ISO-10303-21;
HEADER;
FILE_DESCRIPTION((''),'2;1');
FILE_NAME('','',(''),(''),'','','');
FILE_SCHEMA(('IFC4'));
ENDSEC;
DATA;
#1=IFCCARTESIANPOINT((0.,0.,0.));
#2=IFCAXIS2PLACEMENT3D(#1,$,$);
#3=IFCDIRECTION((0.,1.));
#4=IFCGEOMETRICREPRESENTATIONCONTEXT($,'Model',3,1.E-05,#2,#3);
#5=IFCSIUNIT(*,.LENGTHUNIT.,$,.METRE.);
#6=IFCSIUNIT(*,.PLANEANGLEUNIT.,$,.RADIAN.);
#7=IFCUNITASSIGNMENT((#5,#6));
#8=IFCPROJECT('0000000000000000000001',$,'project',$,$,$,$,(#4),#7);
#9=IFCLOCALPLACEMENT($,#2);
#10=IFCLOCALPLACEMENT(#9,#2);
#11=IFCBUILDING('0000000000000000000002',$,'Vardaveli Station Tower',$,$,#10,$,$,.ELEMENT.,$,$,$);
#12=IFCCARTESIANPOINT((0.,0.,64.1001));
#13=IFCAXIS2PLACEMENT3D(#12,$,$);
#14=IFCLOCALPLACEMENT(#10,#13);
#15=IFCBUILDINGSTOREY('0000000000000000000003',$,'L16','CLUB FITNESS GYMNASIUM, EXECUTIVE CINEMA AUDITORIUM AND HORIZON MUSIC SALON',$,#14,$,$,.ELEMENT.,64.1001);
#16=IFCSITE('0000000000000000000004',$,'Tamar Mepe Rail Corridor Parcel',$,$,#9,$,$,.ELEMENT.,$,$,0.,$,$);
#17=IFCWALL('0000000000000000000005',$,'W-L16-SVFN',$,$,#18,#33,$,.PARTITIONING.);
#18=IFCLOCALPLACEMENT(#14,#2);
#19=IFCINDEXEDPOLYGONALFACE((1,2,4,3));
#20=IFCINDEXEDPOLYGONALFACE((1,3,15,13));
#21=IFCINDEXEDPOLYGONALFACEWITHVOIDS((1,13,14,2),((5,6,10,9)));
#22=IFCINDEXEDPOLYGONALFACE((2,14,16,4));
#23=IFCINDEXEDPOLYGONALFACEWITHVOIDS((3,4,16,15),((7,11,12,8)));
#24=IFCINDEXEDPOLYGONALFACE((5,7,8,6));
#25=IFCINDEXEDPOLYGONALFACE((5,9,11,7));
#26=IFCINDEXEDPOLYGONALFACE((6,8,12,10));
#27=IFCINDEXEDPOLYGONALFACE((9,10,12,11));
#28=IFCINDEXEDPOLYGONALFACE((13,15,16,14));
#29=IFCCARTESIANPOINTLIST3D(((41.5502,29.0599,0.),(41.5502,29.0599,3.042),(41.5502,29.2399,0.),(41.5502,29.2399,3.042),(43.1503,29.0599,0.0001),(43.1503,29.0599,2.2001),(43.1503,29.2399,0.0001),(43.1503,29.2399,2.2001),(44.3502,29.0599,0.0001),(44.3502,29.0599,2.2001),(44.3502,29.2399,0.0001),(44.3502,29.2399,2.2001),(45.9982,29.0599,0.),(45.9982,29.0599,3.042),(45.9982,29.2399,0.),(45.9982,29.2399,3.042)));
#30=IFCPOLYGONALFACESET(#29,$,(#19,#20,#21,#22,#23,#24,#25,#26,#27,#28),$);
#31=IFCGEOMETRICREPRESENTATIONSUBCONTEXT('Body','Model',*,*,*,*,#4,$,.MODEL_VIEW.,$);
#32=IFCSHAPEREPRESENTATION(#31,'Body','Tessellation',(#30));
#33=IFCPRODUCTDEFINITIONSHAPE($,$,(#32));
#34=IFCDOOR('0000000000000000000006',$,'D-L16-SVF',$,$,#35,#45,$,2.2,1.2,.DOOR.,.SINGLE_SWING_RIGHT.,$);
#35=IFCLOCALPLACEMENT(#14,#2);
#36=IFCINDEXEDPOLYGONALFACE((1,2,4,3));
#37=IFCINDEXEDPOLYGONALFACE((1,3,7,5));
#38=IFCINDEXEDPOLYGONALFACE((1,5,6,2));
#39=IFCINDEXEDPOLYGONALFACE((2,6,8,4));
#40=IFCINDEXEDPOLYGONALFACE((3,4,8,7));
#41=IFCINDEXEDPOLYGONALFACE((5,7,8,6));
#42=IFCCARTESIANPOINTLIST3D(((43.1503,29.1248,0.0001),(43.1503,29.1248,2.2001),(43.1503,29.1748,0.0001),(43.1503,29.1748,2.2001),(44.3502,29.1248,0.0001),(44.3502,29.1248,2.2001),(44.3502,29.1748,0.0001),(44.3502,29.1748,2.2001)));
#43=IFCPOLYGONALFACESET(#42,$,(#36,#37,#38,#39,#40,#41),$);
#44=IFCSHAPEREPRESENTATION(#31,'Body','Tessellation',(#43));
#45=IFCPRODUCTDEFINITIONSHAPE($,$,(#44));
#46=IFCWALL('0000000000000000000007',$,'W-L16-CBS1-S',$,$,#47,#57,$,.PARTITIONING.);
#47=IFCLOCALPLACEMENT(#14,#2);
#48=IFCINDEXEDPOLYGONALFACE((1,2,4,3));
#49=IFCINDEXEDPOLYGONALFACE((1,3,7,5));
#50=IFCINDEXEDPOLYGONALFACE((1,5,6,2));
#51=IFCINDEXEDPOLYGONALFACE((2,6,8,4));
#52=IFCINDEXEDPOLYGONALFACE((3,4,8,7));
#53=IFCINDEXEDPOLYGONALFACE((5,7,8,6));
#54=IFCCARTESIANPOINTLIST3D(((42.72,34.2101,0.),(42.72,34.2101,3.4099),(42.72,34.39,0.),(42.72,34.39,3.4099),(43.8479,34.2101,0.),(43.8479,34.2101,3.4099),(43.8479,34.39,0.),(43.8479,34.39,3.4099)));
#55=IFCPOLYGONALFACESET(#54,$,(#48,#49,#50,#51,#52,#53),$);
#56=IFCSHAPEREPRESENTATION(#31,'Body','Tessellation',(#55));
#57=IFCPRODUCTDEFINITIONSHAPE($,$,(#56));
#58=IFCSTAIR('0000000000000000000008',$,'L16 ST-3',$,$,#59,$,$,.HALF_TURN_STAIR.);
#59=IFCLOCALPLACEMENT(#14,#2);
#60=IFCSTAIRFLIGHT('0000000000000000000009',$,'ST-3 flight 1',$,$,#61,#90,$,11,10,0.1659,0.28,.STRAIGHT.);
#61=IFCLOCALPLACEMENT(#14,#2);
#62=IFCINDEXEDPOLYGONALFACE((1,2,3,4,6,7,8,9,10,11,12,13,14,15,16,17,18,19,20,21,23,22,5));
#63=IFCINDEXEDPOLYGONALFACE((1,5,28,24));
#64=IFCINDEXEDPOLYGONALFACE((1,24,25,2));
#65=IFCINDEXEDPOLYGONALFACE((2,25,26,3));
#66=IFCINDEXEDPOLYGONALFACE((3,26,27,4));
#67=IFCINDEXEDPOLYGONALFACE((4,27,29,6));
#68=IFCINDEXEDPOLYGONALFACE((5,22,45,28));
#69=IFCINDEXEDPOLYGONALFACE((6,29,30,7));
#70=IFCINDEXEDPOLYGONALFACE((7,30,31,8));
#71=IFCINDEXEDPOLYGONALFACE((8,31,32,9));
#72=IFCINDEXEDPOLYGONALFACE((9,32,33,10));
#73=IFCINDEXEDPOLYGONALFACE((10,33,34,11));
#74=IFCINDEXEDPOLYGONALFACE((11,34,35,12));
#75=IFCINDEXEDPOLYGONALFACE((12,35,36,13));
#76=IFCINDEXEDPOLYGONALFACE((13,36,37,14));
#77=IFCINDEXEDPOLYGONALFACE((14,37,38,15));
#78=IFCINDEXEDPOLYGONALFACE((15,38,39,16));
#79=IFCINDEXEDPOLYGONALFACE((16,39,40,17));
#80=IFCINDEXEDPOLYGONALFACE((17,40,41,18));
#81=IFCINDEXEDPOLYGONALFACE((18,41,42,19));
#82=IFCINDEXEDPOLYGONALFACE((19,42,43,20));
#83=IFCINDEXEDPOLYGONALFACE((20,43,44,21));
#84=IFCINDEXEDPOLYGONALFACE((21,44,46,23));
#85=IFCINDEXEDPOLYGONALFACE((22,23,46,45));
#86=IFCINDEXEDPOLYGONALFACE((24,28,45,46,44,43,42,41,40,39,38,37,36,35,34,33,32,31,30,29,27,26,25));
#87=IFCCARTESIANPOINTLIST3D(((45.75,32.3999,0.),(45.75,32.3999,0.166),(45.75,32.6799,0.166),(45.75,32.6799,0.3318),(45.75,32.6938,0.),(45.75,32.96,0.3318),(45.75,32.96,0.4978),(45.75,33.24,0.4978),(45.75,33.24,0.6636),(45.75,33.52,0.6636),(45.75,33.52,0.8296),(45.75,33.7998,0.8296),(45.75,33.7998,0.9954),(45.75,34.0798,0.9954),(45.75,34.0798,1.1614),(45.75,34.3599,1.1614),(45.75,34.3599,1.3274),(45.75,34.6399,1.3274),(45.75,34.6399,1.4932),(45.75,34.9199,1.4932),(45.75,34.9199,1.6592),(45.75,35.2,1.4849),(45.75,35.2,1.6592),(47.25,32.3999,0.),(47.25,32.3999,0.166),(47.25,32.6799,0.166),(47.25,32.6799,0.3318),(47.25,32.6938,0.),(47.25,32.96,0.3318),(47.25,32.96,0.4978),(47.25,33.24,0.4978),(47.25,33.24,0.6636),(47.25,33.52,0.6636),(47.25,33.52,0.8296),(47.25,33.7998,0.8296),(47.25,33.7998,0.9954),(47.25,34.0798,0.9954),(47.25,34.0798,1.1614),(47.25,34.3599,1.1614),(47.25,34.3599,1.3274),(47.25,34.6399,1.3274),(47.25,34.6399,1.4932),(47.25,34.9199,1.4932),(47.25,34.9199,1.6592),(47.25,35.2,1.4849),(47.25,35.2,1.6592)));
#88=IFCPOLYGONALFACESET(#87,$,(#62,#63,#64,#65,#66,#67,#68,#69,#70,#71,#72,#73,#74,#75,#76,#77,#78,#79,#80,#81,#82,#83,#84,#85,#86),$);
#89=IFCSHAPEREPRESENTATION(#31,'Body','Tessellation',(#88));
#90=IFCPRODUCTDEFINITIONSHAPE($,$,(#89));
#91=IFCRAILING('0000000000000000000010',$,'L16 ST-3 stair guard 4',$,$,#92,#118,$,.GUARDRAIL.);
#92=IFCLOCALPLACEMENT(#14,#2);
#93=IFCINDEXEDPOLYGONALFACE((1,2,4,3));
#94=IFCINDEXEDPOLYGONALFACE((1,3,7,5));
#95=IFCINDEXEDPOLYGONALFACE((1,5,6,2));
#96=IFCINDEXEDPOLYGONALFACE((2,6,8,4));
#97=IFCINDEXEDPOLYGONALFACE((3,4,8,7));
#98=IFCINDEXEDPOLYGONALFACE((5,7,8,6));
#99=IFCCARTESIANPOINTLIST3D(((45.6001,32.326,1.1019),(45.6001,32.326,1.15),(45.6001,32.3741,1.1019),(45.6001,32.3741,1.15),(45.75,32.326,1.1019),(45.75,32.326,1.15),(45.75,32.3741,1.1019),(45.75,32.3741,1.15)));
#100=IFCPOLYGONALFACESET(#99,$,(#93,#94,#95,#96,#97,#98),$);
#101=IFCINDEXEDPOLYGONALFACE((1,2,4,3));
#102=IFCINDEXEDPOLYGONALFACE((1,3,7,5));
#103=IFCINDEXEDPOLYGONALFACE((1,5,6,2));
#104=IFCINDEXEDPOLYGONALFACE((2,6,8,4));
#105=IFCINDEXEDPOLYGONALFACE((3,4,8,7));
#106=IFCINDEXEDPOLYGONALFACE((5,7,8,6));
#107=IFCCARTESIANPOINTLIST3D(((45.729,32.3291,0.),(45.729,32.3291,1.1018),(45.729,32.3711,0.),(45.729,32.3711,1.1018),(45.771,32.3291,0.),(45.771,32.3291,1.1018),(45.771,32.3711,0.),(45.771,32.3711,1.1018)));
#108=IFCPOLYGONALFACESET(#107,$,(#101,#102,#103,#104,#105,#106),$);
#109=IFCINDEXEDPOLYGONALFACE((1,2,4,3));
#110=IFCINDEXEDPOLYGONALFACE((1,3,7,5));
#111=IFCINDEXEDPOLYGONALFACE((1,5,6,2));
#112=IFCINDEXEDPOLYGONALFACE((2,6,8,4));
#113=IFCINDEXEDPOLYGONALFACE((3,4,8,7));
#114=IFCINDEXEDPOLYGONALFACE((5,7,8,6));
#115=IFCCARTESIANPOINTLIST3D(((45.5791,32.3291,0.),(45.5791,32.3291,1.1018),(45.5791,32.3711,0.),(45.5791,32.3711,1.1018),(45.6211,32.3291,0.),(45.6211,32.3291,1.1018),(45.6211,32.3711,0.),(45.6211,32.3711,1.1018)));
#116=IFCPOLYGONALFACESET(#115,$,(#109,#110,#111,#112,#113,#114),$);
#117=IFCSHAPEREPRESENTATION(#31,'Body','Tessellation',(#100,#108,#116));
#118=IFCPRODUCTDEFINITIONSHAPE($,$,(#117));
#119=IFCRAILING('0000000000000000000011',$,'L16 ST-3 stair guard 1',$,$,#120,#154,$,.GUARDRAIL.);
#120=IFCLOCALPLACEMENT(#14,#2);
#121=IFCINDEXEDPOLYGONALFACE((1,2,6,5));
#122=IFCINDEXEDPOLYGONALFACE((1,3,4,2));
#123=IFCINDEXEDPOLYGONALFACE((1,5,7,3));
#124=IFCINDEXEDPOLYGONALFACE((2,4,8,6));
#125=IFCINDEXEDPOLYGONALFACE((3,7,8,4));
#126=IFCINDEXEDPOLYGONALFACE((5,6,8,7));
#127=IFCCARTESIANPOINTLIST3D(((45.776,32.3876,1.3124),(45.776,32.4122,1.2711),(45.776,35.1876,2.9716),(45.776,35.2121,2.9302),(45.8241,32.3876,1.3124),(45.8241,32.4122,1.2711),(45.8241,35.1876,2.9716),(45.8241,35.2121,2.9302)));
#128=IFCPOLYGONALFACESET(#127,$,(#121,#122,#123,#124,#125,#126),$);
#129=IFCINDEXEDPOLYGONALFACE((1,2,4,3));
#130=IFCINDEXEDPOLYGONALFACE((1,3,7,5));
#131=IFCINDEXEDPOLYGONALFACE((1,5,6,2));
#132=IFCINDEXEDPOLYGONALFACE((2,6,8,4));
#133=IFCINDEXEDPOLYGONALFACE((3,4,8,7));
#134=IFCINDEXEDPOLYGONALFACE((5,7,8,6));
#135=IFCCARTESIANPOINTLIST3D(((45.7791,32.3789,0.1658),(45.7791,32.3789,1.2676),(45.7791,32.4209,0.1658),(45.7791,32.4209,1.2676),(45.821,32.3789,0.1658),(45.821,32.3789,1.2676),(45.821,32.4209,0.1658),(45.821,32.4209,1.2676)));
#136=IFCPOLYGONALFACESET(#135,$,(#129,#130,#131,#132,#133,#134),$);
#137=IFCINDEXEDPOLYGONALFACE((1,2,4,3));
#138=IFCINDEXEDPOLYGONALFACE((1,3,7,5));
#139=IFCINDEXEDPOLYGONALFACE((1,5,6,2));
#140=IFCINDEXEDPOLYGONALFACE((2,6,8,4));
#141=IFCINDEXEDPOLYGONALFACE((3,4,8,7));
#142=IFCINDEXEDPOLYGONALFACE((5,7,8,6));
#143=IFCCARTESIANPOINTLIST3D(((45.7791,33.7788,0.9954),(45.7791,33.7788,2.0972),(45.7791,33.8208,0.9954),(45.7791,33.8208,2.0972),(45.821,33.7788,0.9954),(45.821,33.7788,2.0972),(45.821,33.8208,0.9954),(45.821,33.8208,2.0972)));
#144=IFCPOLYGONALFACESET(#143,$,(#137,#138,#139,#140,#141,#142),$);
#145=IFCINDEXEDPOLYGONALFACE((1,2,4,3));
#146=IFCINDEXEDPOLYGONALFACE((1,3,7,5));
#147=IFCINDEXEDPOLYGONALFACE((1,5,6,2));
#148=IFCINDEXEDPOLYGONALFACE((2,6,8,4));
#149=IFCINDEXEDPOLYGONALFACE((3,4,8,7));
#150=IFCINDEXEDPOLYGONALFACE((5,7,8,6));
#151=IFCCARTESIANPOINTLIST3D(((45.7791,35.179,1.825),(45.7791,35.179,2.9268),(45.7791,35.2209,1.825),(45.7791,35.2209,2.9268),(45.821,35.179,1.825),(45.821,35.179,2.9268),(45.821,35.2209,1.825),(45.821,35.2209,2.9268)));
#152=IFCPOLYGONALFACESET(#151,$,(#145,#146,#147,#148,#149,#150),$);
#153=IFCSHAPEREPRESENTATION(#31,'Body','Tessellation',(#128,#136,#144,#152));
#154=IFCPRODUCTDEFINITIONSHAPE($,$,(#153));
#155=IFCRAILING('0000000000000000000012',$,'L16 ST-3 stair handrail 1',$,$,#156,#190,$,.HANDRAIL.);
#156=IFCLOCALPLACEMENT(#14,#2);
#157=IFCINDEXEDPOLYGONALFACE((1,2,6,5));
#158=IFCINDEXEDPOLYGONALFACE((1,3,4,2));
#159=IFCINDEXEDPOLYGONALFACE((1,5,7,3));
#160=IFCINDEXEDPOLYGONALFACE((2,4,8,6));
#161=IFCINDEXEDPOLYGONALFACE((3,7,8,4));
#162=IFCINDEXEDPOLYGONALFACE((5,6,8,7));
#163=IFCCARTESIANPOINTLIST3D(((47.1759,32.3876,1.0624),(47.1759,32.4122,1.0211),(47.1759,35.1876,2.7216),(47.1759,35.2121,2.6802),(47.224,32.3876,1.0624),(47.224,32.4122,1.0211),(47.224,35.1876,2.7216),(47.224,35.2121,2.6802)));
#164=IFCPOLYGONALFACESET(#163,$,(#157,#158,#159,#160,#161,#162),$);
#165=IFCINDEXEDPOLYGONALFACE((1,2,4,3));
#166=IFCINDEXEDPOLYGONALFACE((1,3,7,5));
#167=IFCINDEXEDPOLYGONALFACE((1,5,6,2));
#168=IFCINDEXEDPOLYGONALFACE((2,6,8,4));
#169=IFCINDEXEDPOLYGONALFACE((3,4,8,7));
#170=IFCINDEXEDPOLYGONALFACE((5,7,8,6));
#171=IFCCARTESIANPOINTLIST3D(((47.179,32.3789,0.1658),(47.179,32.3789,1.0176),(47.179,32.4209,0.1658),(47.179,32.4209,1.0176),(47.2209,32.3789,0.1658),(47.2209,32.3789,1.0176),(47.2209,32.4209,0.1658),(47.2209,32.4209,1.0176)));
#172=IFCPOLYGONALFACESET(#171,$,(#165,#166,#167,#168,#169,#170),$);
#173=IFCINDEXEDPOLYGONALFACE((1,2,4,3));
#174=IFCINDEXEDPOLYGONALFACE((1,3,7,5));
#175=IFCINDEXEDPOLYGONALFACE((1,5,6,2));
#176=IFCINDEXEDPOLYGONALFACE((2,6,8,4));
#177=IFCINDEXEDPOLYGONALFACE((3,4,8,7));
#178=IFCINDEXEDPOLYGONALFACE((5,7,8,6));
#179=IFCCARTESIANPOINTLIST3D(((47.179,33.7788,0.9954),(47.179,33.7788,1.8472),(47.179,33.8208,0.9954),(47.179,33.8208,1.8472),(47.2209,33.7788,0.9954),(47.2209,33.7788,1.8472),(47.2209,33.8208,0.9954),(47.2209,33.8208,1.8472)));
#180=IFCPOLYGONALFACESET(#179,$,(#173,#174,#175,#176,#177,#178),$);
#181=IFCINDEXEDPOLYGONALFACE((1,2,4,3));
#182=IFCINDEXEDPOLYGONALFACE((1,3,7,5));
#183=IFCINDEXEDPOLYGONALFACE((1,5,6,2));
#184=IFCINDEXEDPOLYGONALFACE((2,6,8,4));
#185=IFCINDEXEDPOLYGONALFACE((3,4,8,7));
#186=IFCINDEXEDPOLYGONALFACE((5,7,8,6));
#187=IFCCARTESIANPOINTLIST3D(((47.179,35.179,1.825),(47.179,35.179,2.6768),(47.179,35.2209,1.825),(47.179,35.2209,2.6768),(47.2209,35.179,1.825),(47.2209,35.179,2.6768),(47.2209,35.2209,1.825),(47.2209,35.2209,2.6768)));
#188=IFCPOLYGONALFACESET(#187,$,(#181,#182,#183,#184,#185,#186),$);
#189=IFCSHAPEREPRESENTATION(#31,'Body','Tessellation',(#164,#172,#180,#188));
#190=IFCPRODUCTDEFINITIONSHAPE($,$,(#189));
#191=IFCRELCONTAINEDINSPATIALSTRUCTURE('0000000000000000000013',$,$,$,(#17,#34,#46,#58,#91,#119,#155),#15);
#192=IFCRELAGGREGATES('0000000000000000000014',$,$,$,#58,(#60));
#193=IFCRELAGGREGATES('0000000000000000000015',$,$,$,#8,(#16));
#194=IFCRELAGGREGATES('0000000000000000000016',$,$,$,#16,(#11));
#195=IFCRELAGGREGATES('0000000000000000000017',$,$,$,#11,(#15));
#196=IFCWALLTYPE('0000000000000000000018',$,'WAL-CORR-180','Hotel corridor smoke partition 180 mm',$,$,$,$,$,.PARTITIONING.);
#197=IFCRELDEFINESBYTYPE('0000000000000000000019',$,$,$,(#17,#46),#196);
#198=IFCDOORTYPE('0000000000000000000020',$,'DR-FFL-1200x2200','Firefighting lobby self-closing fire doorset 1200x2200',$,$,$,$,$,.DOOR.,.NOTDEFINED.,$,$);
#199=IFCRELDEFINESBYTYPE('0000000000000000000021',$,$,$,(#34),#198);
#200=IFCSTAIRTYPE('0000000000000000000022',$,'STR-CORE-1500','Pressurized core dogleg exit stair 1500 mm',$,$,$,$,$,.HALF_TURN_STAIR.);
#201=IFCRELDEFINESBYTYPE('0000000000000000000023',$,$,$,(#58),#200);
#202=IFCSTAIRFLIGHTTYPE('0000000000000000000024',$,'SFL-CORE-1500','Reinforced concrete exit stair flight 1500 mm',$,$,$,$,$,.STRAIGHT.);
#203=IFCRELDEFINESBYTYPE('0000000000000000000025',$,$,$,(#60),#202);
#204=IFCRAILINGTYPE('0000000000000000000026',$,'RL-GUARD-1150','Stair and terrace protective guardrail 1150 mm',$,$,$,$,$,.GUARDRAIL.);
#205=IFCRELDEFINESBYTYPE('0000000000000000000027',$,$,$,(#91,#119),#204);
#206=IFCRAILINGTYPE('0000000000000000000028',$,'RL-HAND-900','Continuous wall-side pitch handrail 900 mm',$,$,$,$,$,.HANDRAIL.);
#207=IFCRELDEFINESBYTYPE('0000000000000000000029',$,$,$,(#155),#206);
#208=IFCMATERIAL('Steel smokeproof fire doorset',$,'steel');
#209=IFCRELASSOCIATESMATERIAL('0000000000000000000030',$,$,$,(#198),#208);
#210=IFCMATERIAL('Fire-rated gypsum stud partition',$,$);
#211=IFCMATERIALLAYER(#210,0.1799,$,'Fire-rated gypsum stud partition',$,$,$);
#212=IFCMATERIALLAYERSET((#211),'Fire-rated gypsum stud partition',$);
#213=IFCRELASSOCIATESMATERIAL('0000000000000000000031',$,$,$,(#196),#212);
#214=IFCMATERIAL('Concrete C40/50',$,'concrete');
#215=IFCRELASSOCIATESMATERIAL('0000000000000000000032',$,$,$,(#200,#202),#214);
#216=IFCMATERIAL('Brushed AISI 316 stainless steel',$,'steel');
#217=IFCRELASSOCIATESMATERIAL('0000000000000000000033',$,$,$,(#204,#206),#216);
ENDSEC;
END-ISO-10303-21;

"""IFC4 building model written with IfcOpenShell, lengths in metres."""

from ifc_helpers import new_model, si_unit, direction, frame, frame_2d, origin, origin_2d, place, context, subcontext, project, spatial, polyline, rectangle, outline, extrude, source, transform, mapped, material, layer, layer_set, type_object, element, fill, aggregate, save


model = new_model("IFC4")

# Units and contexts
model_context = context("Model", 3, precision=1e-05, world=origin(), true_north=direction((0.0, 1.0)))
body_context = subcontext(model_context, "Body", "Model", "MODEL_VIEW")
ifc_project = project(units=[si_unit("LENGTHUNIT", "METRE"), si_unit("PLANEANGLEUNIT", "RADIAN")], contexts=[model_context])

# Site, building, storey
site_placement = place(None, origin())
site = spatial("IfcSite", under=ifc_project, at=site_placement, Name="Tamar Mepe Rail Corridor Parcel", CompositionType="ELEMENT", RefElevation=0.0)
building_placement = place(site_placement, origin())
building = spatial("IfcBuilding", under=site, at=building_placement, Name="Vardaveli Station Tower", CompositionType="ELEMENT")
storey_placement = place(building_placement, frame((0.0, 0.0, 64.1001)))
storey = spatial("IfcBuildingStorey", under=building, at=storey_placement, Name="L16", Description="CLUB FITNESS GYMNASIUM, EXECUTIVE CINEMA AUDITORIUM AND HORIZON MUSIC SALON", CompositionType="ELEMENT", Elevation=64.1001)

# Shared definitions
ifc_material_1 = material(Name="Concrete C40/50", Category="concrete")

# Wall, opening, door
ifc_material_2 = material(Name="Steel smokeproof fire doorset", Category="steel")
door_type_1 = type_object("IfcDoorType", Name="DR-FFL-1200x2200", Description="Firefighting lobby self-closing fire doorset 1200x2200", OperationType="NOTDEFINED", PredefinedType="DOOR", material=ifc_material_2)
shared_shape_1 = source(origin(), body_context, "Body", "SweptSolid", [
    extrude(rectangle(XDim=1.2, YDim=2.2, at=frame_2d((0.6001, 1.1001))), frame((0.0, 0.0249, 0.0), z_axis=(0.0, -1.0, 0.0), x_axis=(1.0, 0.0, 0.0)), (0.0, 0.0, 1.0), 0.05),
])
ifc_material_3 = material(Name="Fire-rated gypsum stud partition")
ifc_layer_1 = layer(ifc_material_3, 0.1799, Name="Fire-rated gypsum stud partition")
ifc_layer_set_1 = layer_set([ifc_layer_1], Name="Fire-rated gypsum stud partition")
wall_type_1 = type_object("IfcWallType", Name="WAL-CORR-180", Description="Hotel corridor smoke partition 180 mm", PredefinedType="PARTITIONING", material=ifc_layer_set_1)
shared_shape_2 = source(origin(), body_context, "Body", "SweptSolid", [
    extrude(rectangle(XDim=4.448, YDim=0.1799, at=frame_2d((2.2241, 0.0))), origin(), (0.0, 0.0, 1.0), 3.042),
])
wall_1_placement = place(storey_placement, frame((41.55, 29.1499, 0.0), z_axis=(0.0, 0.0, 1.0), x_axis=(1.0, 0.0, 0.0)))
wall_1 = element("IfcWall", 1, at=wall_1_placement, inside=storey, type_object=wall_type_1, Name="W-L16-SVFN", PredefinedType="PARTITIONING", context=body_context, shape_type="MappedRepresentation", body=[
    mapped(shared_shape_2, transform((0.0, 0.0, 0.0), scale=1.0)),
])
shared_shape_3 = source(origin(), body_context, "Body", "SweptSolid", [
    extrude(rectangle(XDim=1.2, YDim=2.2, at=frame_2d((0.6001, 1.1001))), frame((0.0, 0.1001, 0.0), z_axis=(0.0, -1.0, 0.0), x_axis=(1.0, 0.0, 0.0)), (0.0, 0.0, 1.0), 0.2),
])
opening_1_placement = place(wall_1_placement, frame((1.6001, 0.0, 0.0)))
opening_1 = element("IfcOpeningElement", 2, at=opening_1_placement, cuts=wall_1, PredefinedType="OPENING", context=body_context, shape_type="MappedRepresentation", body=[
    mapped(shared_shape_3, transform((0.0, 0.0, 0.0), scale=1.0)),
])
door_1_placement = place(opening_1_placement, origin())
door_1 = element("IfcDoor", 3, at=door_1_placement, inside=storey, type_object=door_type_1, Name="D-L16-SVF", OperationType="SINGLE_SWING_RIGHT", OverallHeight=2.2, OverallWidth=1.2, PredefinedType="DOOR", context=body_context, shape_type="MappedRepresentation", body=[
    mapped(shared_shape_1, transform((0.0, 0.0, 0.0), scale=1.0)),
])
fill(opening_1, door_1)

# Wall
shared_shape_4 = source(origin(), body_context, "Body", "SweptSolid", [
    extrude(rectangle(XDim=1.1279, YDim=0.1799, at=frame_2d((0.564, 0.0))), origin(), (0.0, 0.0, 1.0), 3.4099),
])
wall_2_placement = place(storey_placement, frame((42.72, 34.3, 0.0), z_axis=(0.0, 0.0, 1.0), x_axis=(1.0, 0.0, 0.0)))
element("IfcWall", 4, at=wall_2_placement, inside=storey, type_object=wall_type_1, Name="W-L16-CBS1-S", PredefinedType="PARTITIONING", context=body_context, shape_type="MappedRepresentation", body=[
    mapped(shared_shape_4, transform((0.0, 0.0, 0.0), scale=1.0)),
])

# Stair, stair flight
stair_type = type_object("IfcStairType", Name="STR-CORE-1500", Description="Pressurized core dogleg exit stair 1500 mm", PredefinedType="HALF_TURN_STAIR", material=ifc_material_1)
stair_placement = place(storey_placement, origin())
stair = element("IfcStair", 5, at=stair_placement, inside=storey, type_object=stair_type, Name="L16 ST-3", PredefinedType="HALF_TURN_STAIR")
stair_flight_type = type_object("IfcStairFlightType", Name="SFL-CORE-1500", Description="Reinforced concrete exit stair flight 1500 mm", PredefinedType="STRAIGHT", material=ifc_material_1)
shared_shape_5 = source(origin(), body_context, "Body", "SweptSolid", [
    extrude(outline(polyline([(0.0, 0.0), (0.0, 0.166), (0.28, 0.166), (0.28, 0.3318), (0.5601, 0.3318), (0.5601, 0.4978), (0.8401, 0.4978), (0.8401, 0.6636), (1.1201, 0.6636), (1.1201, 0.8296), (1.3999, 0.8296), (1.3999, 0.9954), (1.6799, 0.9954), (1.6799, 1.1614), (1.96, 1.1614), (1.96, 1.3274), (2.24, 1.3274), (2.24, 1.4932), (2.52, 1.4932), (2.52, 1.6592), (2.8, 1.6592), (2.8, 1.825), (2.8, 1.4849), (0.2939, 0.0), (0.0, 0.0)])), frame((0.0, 0.75, 0.0), z_axis=(0.0, -1.0, 0.0), x_axis=(1.0, 0.0, 0.0)), (0.0, 0.0, 1.0), 1.5),
])
stair_flight_placement = place(storey_placement, frame((46.5, 32.3999, 0.0), z_axis=(0.0, 0.0, 1.0), x_axis=(0.0, 1.0, 0.0)))
stair_flight = element("IfcStairFlight", 6, at=stair_flight_placement, type_object=stair_flight_type, Name="ST-3 flight 1", NumberOfRisers=11, NumberOfTreads=10, PredefinedType="STRAIGHT", RiserHeight=0.1659, TreadLength=0.28, context=body_context, shape_type="MappedRepresentation", body=[
    mapped(shared_shape_5, transform((0.0, 0.0, 0.0), scale=1.0)),
])
aggregate(stair, [stair_flight])

# Railings
ifc_material_4 = material(Name="Brushed AISI 316 stainless steel", Category="steel")
railing_type_1 = type_object("IfcRailingType", Name="RL-GUARD-1150", Description="Stair and terrace protective guardrail 1150 mm", PredefinedType="GUARDRAIL", material=ifc_material_4)
shared_shape_6 = source(origin(), body_context, "Body", "SweptSolid", [
    extrude(rectangle(XDim=0.0481, YDim=0.0481, at=origin_2d()), frame((0.0, 0.0, 1.126), z_axis=(-1.0, 0.0, 0.0), x_axis=(0.0, -1.0, 0.0)), (0.0, 0.0, 1.0), 0.1499),
    extrude(rectangle(XDim=0.042, YDim=0.042, at=origin_2d()), origin(), (0.0, 0.0, 1.0), 1.1018),
    extrude(rectangle(XDim=0.042, YDim=0.042, at=origin_2d()), frame((-0.1499, 0.0, 0.0)), (0.0, 0.0, 1.0), 1.1018),
])
railing_1_placement = place(storey_placement, frame((45.75, 32.3501, 0.0)))
element("IfcRailing", 7, at=railing_1_placement, inside=storey, type_object=railing_type_1, Name="L16 ST-3 stair guard 4", PredefinedType="GUARDRAIL", context=body_context, shape_type="MappedRepresentation", body=[
    mapped(shared_shape_6, transform((0.0, 0.0, 0.0), scale=1.0)),
])
shared_shape_7 = source(origin(), body_context, "Body", "SweptSolid", [
    extrude(rectangle(XDim=0.0481, YDim=0.0481, at=origin_2d()), frame((0.0, 0.0, 1.126), z_axis=(0.0, 0.860306, 0.509778), x_axis=(-1.0, 0.0, 0.0)), (0.0, 0.0, 1.0), 3.2546),
    extrude(rectangle(XDim=0.042, YDim=0.042, at=origin_2d()), origin(), (0.0, 0.0, 1.0), 1.1018),
    extrude(rectangle(XDim=0.042, YDim=0.042, at=origin_2d()), frame((0.0, 1.3999, 0.8296)), (0.0, 0.0, 1.0), 1.1018),
    extrude(rectangle(XDim=0.042, YDim=0.042, at=origin_2d()), frame((0.0, 2.8, 1.6592)), (0.0, 0.0, 1.0), 1.1018),
])
railing_2_placement = place(storey_placement, frame((45.8, 32.3999, 0.1658)))
element("IfcRailing", 8, at=railing_2_placement, inside=storey, type_object=railing_type_1, Name="L16 ST-3 stair guard 1", PredefinedType="GUARDRAIL", context=body_context, shape_type="MappedRepresentation", body=[
    mapped(shared_shape_7, transform((0.0, 0.0, 0.0), scale=1.0)),
])
railing_type_2 = type_object("IfcRailingType", Name="RL-HAND-900", Description="Continuous wall-side pitch handrail 900 mm", PredefinedType="HANDRAIL", material=ifc_material_4)
shared_shape_8 = source(origin(), body_context, "Body", "SweptSolid", [
    extrude(rectangle(XDim=0.0481, YDim=0.0481, at=origin_2d()), frame((0.0, 0.0, 0.876), z_axis=(0.0, 0.860306, 0.509778), x_axis=(-1.0, 0.0, 0.0)), (0.0, 0.0, 1.0), 3.2546),
    extrude(rectangle(XDim=0.042, YDim=0.042, at=origin_2d()), origin(), (0.0, 0.0, 1.0), 0.8518),
    extrude(rectangle(XDim=0.042, YDim=0.042, at=origin_2d()), frame((0.0, 1.3999, 0.8296)), (0.0, 0.0, 1.0), 0.8518),
    extrude(rectangle(XDim=0.042, YDim=0.042, at=origin_2d()), frame((0.0, 2.8, 1.6592)), (0.0, 0.0, 1.0), 0.8518),
])
railing_3_placement = place(storey_placement, frame((47.2, 32.3999, 0.1658)))
element("IfcRailing", 9, at=railing_3_placement, inside=storey, type_object=railing_type_2, Name="L16 ST-3 stair handrail 1", PredefinedType="HANDRAIL", context=body_context, shape_type="MappedRepresentation", body=[
    mapped(shared_shape_8, transform((0.0, 0.0, 0.0), scale=1.0)),
])

save(model, "model.ifc")
